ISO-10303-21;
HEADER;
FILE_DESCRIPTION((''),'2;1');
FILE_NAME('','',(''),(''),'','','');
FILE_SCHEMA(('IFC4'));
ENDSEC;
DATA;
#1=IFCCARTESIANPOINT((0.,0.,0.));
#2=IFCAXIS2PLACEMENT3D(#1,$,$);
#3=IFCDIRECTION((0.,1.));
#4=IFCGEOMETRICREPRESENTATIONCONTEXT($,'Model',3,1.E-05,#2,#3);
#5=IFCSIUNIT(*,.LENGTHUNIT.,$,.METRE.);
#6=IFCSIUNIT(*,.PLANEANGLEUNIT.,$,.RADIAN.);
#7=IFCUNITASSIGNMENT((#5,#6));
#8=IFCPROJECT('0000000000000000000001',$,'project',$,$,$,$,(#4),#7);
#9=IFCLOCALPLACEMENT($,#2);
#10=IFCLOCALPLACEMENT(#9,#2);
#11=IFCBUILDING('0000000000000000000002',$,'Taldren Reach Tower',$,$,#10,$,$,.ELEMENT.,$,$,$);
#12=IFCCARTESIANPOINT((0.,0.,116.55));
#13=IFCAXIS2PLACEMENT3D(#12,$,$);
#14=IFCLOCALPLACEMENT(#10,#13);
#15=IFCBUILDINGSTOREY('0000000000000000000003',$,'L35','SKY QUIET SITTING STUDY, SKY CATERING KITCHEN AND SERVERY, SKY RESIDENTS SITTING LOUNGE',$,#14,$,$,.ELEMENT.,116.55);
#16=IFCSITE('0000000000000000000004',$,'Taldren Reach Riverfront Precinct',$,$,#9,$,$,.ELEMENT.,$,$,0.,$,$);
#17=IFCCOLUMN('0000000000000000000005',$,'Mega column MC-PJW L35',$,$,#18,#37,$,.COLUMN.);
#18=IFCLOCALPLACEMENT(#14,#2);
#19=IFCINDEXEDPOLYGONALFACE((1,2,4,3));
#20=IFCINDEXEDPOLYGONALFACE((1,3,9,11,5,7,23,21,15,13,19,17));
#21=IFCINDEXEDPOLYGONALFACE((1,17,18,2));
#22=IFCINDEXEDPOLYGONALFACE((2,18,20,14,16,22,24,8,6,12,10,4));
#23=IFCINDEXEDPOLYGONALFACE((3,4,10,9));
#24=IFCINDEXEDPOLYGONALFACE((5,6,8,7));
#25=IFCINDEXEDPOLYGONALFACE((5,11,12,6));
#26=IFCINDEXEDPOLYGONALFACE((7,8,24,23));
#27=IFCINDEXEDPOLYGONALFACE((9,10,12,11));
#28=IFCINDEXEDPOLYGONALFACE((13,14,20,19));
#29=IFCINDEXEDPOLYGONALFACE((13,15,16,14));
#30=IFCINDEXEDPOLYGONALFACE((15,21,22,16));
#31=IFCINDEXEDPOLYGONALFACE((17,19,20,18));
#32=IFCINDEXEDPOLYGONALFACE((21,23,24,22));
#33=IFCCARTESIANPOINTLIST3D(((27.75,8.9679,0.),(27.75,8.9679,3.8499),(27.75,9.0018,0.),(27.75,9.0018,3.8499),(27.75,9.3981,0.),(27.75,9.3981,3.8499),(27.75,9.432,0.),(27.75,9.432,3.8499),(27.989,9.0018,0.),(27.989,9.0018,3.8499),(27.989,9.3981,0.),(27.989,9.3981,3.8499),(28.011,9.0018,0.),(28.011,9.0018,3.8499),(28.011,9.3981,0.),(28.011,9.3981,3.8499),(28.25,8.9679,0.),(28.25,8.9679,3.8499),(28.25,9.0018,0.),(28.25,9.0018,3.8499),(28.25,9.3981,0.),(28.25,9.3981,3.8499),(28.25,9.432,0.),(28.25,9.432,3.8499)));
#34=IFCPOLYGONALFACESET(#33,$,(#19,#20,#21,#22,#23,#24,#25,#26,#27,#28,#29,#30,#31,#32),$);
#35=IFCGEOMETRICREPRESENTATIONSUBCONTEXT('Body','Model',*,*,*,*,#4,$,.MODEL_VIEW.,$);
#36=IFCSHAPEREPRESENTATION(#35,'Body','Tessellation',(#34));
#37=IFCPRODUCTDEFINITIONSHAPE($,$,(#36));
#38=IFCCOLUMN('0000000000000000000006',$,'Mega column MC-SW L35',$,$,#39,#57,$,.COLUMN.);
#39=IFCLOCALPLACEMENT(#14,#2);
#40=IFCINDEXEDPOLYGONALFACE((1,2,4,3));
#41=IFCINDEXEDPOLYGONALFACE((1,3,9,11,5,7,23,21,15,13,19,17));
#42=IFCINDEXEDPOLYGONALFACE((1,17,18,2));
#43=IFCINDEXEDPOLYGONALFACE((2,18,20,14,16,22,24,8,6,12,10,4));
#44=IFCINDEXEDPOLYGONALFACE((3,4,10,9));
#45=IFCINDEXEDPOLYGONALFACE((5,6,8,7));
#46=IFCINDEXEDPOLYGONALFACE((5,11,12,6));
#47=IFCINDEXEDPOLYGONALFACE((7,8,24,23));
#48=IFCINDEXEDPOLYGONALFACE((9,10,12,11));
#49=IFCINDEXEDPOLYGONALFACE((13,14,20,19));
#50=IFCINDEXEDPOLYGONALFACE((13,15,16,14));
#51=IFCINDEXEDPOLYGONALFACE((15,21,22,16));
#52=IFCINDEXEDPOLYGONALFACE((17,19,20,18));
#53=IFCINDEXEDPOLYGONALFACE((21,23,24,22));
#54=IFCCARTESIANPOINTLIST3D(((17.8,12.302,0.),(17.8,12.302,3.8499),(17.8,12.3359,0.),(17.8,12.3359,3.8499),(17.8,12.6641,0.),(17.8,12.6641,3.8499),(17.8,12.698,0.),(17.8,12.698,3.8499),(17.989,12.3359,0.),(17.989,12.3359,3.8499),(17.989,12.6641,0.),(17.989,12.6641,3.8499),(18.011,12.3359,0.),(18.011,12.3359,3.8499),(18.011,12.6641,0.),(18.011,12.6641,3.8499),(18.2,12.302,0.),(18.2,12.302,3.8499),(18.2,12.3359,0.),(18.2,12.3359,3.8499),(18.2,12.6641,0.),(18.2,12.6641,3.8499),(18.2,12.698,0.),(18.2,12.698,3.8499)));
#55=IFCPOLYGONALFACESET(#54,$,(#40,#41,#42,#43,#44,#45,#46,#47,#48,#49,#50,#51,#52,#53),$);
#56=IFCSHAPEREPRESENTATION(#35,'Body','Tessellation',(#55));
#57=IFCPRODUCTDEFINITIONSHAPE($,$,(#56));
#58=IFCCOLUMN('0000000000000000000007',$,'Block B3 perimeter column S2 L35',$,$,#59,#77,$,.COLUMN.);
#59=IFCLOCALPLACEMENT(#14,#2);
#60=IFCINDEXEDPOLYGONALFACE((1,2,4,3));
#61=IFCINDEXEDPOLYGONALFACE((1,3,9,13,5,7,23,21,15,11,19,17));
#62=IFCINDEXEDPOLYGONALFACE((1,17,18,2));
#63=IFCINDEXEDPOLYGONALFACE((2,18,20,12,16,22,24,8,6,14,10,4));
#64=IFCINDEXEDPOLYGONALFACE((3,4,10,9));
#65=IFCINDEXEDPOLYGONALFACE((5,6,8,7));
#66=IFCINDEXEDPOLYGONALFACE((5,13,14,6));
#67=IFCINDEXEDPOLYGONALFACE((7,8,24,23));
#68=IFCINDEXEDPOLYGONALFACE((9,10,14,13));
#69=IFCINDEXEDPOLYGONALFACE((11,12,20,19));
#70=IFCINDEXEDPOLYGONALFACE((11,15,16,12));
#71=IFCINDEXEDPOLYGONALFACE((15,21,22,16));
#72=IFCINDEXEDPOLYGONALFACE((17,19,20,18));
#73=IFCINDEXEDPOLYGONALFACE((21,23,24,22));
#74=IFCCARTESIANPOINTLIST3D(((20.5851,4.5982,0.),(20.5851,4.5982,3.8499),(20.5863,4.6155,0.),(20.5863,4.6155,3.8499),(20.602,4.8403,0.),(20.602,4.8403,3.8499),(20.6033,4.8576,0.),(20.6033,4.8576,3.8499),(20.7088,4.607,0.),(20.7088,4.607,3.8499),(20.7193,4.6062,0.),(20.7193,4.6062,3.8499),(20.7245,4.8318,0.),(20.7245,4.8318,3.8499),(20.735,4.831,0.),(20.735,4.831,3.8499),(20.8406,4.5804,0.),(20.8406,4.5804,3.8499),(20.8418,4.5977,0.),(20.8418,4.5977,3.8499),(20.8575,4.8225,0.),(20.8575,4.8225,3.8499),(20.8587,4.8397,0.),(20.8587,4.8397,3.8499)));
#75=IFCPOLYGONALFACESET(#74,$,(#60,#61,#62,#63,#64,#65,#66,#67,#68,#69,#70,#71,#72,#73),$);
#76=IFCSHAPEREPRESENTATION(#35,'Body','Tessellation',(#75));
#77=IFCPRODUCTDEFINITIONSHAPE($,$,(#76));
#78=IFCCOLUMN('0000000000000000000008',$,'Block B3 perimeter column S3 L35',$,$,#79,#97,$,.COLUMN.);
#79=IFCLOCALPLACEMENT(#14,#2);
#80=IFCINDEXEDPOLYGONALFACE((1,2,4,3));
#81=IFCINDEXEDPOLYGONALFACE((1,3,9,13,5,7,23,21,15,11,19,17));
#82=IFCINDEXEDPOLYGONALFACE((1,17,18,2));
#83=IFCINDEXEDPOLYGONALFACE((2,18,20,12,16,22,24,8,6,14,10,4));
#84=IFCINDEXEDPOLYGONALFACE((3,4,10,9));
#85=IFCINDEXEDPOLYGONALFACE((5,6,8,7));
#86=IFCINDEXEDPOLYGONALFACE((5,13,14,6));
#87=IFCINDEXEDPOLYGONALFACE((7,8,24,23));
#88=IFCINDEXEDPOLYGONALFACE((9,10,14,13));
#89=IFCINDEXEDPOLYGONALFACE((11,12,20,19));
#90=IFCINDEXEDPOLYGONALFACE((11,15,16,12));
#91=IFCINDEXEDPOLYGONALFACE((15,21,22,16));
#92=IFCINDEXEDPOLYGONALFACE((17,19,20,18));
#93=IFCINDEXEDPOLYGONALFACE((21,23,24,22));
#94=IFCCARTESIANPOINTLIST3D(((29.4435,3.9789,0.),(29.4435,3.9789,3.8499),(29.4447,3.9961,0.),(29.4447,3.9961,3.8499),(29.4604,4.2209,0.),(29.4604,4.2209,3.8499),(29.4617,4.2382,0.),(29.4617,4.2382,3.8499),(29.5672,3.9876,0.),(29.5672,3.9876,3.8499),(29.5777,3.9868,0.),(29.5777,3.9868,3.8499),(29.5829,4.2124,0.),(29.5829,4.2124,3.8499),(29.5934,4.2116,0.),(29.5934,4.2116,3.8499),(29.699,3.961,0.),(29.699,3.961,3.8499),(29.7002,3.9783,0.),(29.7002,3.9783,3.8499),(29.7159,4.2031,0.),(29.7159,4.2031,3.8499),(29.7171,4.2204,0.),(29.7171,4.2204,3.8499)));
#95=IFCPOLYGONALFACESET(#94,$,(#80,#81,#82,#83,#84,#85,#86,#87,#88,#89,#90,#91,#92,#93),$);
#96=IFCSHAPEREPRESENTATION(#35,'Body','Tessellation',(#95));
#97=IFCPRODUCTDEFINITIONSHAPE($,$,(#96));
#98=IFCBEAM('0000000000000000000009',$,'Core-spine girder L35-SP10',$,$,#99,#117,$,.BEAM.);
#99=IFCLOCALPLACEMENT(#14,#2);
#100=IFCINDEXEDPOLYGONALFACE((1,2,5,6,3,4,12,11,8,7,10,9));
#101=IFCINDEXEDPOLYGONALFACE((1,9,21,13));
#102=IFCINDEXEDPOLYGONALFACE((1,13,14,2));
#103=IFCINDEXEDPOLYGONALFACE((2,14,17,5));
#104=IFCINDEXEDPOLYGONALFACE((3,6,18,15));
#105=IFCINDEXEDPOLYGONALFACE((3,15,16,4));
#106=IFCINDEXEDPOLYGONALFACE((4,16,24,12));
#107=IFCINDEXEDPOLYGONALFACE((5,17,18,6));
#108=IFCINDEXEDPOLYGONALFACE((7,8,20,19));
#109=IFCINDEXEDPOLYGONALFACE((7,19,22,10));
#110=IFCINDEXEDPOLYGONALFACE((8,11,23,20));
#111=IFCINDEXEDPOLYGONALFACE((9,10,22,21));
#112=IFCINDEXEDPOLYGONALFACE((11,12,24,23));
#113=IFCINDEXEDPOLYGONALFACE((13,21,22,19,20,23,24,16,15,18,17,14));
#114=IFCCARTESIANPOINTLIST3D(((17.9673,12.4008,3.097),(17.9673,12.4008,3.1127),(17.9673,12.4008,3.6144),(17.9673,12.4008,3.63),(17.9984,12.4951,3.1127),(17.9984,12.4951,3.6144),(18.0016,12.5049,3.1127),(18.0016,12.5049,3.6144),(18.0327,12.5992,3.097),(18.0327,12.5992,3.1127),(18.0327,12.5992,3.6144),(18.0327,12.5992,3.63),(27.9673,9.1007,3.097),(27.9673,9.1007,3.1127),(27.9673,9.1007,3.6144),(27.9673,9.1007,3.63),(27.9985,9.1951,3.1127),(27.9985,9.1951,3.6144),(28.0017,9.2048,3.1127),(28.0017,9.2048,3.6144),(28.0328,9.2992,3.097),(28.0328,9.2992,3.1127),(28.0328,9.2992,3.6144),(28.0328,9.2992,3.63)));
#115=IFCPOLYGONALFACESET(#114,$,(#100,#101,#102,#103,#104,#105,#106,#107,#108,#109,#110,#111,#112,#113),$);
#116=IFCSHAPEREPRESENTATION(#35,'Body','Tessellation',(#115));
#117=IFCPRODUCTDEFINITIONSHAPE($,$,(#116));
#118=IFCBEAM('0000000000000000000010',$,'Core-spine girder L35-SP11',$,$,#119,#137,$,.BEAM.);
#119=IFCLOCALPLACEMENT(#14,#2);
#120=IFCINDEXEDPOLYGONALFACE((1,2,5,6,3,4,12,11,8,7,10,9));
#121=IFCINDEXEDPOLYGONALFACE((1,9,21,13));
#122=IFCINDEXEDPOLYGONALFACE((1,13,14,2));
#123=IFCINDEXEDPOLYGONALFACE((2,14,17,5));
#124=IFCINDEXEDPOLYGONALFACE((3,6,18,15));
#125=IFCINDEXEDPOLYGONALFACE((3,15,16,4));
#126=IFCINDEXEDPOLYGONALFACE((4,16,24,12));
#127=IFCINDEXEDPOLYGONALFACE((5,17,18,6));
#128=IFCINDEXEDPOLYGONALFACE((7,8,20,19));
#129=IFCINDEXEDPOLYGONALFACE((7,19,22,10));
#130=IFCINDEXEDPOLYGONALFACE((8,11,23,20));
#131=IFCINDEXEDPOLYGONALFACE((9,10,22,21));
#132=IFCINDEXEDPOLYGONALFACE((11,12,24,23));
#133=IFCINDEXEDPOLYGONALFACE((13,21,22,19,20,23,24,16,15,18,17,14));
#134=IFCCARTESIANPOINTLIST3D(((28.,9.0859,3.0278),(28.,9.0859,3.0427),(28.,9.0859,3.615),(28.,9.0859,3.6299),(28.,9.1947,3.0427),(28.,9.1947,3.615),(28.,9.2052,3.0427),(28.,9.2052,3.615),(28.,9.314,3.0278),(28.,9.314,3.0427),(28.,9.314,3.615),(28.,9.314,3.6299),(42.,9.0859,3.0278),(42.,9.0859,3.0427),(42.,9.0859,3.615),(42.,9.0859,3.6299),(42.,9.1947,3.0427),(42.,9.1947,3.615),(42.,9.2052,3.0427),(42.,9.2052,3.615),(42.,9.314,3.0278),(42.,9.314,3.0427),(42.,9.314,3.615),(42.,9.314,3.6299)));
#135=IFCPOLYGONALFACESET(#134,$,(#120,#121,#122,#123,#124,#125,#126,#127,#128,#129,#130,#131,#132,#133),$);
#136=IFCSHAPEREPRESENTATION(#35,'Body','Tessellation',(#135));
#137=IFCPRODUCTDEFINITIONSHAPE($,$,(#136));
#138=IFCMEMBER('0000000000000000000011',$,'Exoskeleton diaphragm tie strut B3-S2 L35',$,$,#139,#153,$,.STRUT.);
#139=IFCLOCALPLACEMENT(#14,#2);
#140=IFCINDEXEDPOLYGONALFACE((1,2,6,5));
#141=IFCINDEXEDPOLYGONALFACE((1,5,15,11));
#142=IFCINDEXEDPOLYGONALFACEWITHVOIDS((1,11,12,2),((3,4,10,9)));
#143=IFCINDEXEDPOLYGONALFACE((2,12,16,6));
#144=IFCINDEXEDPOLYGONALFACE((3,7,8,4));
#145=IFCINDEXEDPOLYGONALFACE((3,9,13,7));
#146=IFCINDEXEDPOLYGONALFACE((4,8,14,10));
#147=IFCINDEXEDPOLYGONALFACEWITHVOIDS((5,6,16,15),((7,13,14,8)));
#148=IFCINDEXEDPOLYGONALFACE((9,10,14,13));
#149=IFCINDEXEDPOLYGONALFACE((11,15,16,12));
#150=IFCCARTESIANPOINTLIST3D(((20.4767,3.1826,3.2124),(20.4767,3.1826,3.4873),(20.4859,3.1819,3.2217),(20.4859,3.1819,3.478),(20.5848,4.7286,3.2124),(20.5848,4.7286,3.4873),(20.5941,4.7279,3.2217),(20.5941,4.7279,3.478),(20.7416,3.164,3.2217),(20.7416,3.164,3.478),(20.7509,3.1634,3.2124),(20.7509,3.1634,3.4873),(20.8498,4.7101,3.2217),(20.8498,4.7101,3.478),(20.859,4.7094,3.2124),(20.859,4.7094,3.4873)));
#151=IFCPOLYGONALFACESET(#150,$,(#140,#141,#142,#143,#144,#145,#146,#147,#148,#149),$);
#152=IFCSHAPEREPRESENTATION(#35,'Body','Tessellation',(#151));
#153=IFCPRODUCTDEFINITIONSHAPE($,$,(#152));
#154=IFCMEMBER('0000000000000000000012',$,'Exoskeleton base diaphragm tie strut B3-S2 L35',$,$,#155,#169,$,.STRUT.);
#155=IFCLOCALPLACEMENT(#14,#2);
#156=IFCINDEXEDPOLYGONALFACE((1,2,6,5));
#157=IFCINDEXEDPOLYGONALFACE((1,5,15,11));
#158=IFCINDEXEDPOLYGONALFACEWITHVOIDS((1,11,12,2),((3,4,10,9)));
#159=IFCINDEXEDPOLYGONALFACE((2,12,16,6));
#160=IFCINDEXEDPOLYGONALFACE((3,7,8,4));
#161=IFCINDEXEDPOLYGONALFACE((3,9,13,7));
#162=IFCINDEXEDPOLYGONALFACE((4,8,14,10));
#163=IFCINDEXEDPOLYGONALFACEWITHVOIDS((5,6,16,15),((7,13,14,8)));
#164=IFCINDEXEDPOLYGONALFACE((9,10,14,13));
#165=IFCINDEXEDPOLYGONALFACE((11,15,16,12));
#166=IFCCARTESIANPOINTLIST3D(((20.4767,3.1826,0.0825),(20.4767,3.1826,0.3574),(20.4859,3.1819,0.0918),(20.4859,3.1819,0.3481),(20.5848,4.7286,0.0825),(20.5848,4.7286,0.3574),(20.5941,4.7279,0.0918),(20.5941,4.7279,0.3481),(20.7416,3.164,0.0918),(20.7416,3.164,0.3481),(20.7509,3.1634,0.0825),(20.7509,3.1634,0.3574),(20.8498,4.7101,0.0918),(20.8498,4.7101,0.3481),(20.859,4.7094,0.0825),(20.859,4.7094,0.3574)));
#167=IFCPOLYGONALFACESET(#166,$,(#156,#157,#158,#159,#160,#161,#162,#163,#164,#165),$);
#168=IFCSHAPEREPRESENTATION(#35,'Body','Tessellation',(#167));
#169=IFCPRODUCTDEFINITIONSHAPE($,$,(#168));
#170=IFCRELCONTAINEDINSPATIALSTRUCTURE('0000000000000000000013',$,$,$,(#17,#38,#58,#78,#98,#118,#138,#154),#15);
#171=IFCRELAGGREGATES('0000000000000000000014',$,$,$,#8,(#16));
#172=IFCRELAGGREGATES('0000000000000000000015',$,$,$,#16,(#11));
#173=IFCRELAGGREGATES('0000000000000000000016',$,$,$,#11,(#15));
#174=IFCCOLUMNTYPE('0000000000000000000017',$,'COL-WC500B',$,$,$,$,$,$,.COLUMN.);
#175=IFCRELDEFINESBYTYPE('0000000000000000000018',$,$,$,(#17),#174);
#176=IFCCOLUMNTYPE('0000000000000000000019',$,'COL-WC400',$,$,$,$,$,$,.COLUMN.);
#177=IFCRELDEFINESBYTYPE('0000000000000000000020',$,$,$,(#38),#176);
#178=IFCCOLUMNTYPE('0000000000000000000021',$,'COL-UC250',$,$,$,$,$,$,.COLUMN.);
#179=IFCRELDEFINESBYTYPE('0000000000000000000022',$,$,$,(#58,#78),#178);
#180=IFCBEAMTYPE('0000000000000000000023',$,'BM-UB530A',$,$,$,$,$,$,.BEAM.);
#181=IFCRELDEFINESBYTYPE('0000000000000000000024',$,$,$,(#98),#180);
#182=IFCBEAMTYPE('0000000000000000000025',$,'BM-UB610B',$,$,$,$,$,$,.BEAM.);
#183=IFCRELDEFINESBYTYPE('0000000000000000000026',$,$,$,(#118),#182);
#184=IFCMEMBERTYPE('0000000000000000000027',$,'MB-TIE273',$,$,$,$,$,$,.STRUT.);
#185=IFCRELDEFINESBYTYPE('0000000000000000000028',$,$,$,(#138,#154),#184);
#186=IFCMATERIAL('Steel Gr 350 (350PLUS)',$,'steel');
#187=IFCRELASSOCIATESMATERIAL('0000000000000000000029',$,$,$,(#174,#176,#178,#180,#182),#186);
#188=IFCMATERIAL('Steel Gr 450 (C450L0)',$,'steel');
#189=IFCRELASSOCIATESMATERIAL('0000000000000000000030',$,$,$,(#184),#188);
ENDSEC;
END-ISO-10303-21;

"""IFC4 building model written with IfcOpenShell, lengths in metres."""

from ifc_helpers import new_model, si_unit, direction, frame, origin, origin_2d, place, context, subcontext, project, spatial, hollow_rectangle, i_section, extrude, source, transform, mapped, material, material_profile, profile_set, type_object, element, save


model = new_model("IFC4")

# Units and contexts
model_context = context("Model", 3, precision=1e-05, world=origin(), true_north=direction((0.0, 1.0)))
body_context = subcontext(model_context, "Body", "Model", "MODEL_VIEW")
ifc_project = project(units=[si_unit("LENGTHUNIT", "METRE"), si_unit("PLANEANGLEUNIT", "RADIAN")], contexts=[model_context])

# Site, building, storey
site_placement = place(None, origin())
site = spatial("IfcSite", under=ifc_project, at=site_placement, Name="Taldren Reach Riverfront Precinct", CompositionType="ELEMENT", RefElevation=0.0)
building_placement = place(site_placement, origin())
building = spatial("IfcBuilding", under=site, at=building_placement, Name="Taldren Reach Tower", CompositionType="ELEMENT")
storey_placement = place(building_placement, frame((0.0, 0.0, 116.55)))
storey = spatial("IfcBuildingStorey", under=building, at=storey_placement, Name="L35", Description="SKY QUIET SITTING STUDY, SKY CATERING KITCHEN AND SERVERY, SKY RESIDENTS SITTING LOUNGE", CompositionType="ELEMENT", Elevation=116.55)

# Columns
ifc_material_1 = material(Name="Steel Gr 350 (350PLUS)", Category="steel")
ifc_material_profile_1 = material_profile(ifc_material_1, i_section(OverallWidth=0.5, OverallDepth=0.4641, WebThickness=0.022, FlangeThickness=0.0339, at=origin_2d()), Name="500WC340")
ifc_profile_set_1 = profile_set([ifc_material_profile_1], Name="Steel Gr 350 (350PLUS)")
column_type_1 = type_object("IfcColumnType", Name="COL-WC500B", PredefinedType="COLUMN", material=ifc_profile_set_1)
shared_shape_1 = source(origin(), body_context, "Body", "SweptSolid", [
    extrude(i_section(OverallWidth=0.5, OverallDepth=0.4641, WebThickness=0.022, FlangeThickness=0.0339, at=origin_2d()), origin(), (0.0, 0.0, 1.0), 3.8499),
])
column_1_placement = place(storey_placement, frame((28.0, 9.2, 0.0), z_axis=(0.0, 0.0, 1.0), x_axis=(1.0, 0.0, 0.0)))
element("IfcColumn", 1, at=column_1_placement, inside=storey, type_object=column_type_1, Name="Mega column MC-PJW L35", PredefinedType="COLUMN", context=body_context, shape_type="MappedRepresentation", body=[
    mapped(shared_shape_1, transform((0.0, 0.0, 0.0), scale=1.0)),
])
ifc_material_profile_2 = material_profile(ifc_material_1, i_section(OverallWidth=0.3999, OverallDepth=0.396, WebThickness=0.022, FlangeThickness=0.0339, at=origin_2d()), Name="400WC270")
ifc_profile_set_2 = profile_set([ifc_material_profile_2], Name="Steel Gr 350 (350PLUS)")
column_type_2 = type_object("IfcColumnType", Name="COL-WC400", PredefinedType="COLUMN", material=ifc_profile_set_2)
shared_shape_2 = source(origin(), body_context, "Body", "SweptSolid", [
    extrude(i_section(OverallWidth=0.3999, OverallDepth=0.396, WebThickness=0.022, FlangeThickness=0.0339, at=origin_2d()), origin(), (0.0, 0.0, 1.0), 3.8499),
])
column_2_placement = place(storey_placement, frame((18.0, 12.5, 0.0), z_axis=(0.0, 0.0, 1.0), x_axis=(1.0, 0.0, 0.0)))
element("IfcColumn", 2, at=column_2_placement, inside=storey, type_object=column_type_2, Name="Mega column MC-SW L35", PredefinedType="COLUMN", context=body_context, shape_type="MappedRepresentation", body=[
    mapped(shared_shape_2, transform((0.0, 0.0, 0.0), scale=1.0)),
])
ifc_material_profile_3 = material_profile(ifc_material_1, i_section(OverallWidth=0.2561, OverallDepth=0.26, WebThickness=0.0105, FlangeThickness=0.0173, at=origin_2d()), Name="250UC89.5")
ifc_profile_set_3 = profile_set([ifc_material_profile_3], Name="Steel Gr 350 (350PLUS)")
column_type_3 = type_object("IfcColumnType", Name="COL-UC250", PredefinedType="COLUMN", material=ifc_profile_set_3)
shared_shape_3 = source(origin(), body_context, "Body", "SweptSolid", [
    extrude(i_section(OverallWidth=0.2561, OverallDepth=0.26, WebThickness=0.0105, FlangeThickness=0.0173, at=origin_2d()), origin(), (0.0, 0.0, 1.0), 3.8499),
])
for number, where, z_axis, x_axis, name in (
    (3, (20.7219, 4.719, 0.0), (0.0, 0.0, 1.0), (0.997564, -0.069756, 0.0), "Block B3 perimeter column S2 L35"),
    (4, (29.5803, 4.0996, 0.0), (0.0, 0.0, 1.0), (0.997564, -0.069756, 0.0), "Block B3 perimeter column S3 L35"),
):
    element("IfcColumn", number, at=place(storey_placement, frame(where, z_axis=z_axis, x_axis=x_axis)), inside=storey, type_object=column_type_3, Name=name, PredefinedType="COLUMN", context=body_context, shape_type="MappedRepresentation", body=[
        mapped(shared_shape_3, transform((0.0, 0.0, 0.0), scale=1.0)),
    ])

# Beams
ifc_material_profile_4 = material_profile(ifc_material_1, i_section(OverallWidth=0.209, OverallDepth=0.533, WebThickness=0.0103, FlangeThickness=0.0156, at=origin_2d()), Name="530UB92.4")
ifc_profile_set_4 = profile_set([ifc_material_profile_4], Name="Steel Gr 350 (350PLUS)")
beam_type_1 = type_object("IfcBeamType", Name="BM-UB530A", PredefinedType="BEAM", material=ifc_profile_set_4)
shared_shape_4 = source(origin(), body_context, "Body", "SweptSolid", [
    extrude(i_section(OverallWidth=0.209, OverallDepth=0.533, WebThickness=0.0103, FlangeThickness=0.0156, at=origin_2d()), origin(), (0.0, 0.0, 1.0), 10.5305),
])
beam_1_placement = place(storey_placement, frame((18.0, 12.5, 3.3635), z_axis=(0.949627, -0.313382, 0.0), x_axis=(0.313382, 0.949627, 0.0)))
element("IfcBeam", 5, at=beam_1_placement, inside=storey, type_object=beam_type_1, Name="Core-spine girder L35-SP10", PredefinedType="BEAM", context=body_context, shape_type="MappedRepresentation", body=[
    mapped(shared_shape_4, transform((0.0, 0.0, 0.0), scale=1.0)),
])
ifc_material_profile_5 = material_profile(ifc_material_1, i_section(OverallWidth=0.228, OverallDepth=0.6021, WebThickness=0.0105, FlangeThickness=0.0149, at=origin_2d()), Name="610UB101")
ifc_profile_set_5 = profile_set([ifc_material_profile_5], Name="Steel Gr 350 (350PLUS)")
beam_type_2 = type_object("IfcBeamType", Name="BM-UB610B", PredefinedType="BEAM", material=ifc_profile_set_5)
shared_shape_5 = source(origin(), body_context, "Body", "SweptSolid", [
    extrude(i_section(OverallWidth=0.228, OverallDepth=0.6021, WebThickness=0.0105, FlangeThickness=0.0149, at=origin_2d()), origin(), (0.0, 0.0, 1.0), 14.0),
])
beam_2_placement = place(storey_placement, frame((28.0, 9.2, 3.3289), z_axis=(1.0, 0.0, 0.0), x_axis=(0.0, 1.0, 0.0)))
element("IfcBeam", 6, at=beam_2_placement, inside=storey, type_object=beam_type_2, Name="Core-spine girder L35-SP11", PredefinedType="BEAM", context=body_context, shape_type="MappedRepresentation", body=[
    mapped(shared_shape_5, transform((0.0, 0.0, 0.0), scale=1.0)),
])

# Members
ifc_material_2 = material(Name="Steel Gr 450 (C450L0)", Category="steel")
ifc_material_profile_6 = material_profile(ifc_material_2, hollow_rectangle(XDim=0.2749, YDim=0.2749, WallThickness=0.0093, at=origin_2d()), Name="275x275x9.3SHS")
ifc_profile_set_6 = profile_set([ifc_material_profile_6], Name="Steel Gr 450 (C450L0)")
member_type_1 = type_object("IfcMemberType", Name="MB-TIE273", PredefinedType="STRUT", material=ifc_profile_set_6)
shared_shape_6 = source(origin(), body_context, "Body", "SweptSolid", [
    extrude(hollow_rectangle(XDim=0.2749, YDim=0.2749, WallThickness=0.0093, at=origin_2d()), origin(), (0.0, 0.0, 1.0), 1.5498),
])
for number, where, z_axis, x_axis, name in (
    (7, (20.7219, 4.719, 3.3499), (-0.069781, -0.997562, 0.0), (0.997562, -0.069781, 0.0), "Exoskeleton diaphragm tie strut B3-S2 L35"),
    (8, (20.7219, 4.719, 0.22), (-0.069781, -0.997562, 0.0), (0.997562, -0.069781, 0.0), "Exoskeleton base diaphragm tie strut B3-S2 L35"),
):
    element("IfcMember", number, at=place(storey_placement, frame(where, z_axis=z_axis, x_axis=x_axis)), inside=storey, type_object=member_type_1, Name=name, PredefinedType="STRUT", context=body_context, shape_type="MappedRepresentation", body=[
        mapped(shared_shape_6, transform((0.0, 0.0, 0.0), scale=1.0)),
    ])

save(model, "model.ifc")
